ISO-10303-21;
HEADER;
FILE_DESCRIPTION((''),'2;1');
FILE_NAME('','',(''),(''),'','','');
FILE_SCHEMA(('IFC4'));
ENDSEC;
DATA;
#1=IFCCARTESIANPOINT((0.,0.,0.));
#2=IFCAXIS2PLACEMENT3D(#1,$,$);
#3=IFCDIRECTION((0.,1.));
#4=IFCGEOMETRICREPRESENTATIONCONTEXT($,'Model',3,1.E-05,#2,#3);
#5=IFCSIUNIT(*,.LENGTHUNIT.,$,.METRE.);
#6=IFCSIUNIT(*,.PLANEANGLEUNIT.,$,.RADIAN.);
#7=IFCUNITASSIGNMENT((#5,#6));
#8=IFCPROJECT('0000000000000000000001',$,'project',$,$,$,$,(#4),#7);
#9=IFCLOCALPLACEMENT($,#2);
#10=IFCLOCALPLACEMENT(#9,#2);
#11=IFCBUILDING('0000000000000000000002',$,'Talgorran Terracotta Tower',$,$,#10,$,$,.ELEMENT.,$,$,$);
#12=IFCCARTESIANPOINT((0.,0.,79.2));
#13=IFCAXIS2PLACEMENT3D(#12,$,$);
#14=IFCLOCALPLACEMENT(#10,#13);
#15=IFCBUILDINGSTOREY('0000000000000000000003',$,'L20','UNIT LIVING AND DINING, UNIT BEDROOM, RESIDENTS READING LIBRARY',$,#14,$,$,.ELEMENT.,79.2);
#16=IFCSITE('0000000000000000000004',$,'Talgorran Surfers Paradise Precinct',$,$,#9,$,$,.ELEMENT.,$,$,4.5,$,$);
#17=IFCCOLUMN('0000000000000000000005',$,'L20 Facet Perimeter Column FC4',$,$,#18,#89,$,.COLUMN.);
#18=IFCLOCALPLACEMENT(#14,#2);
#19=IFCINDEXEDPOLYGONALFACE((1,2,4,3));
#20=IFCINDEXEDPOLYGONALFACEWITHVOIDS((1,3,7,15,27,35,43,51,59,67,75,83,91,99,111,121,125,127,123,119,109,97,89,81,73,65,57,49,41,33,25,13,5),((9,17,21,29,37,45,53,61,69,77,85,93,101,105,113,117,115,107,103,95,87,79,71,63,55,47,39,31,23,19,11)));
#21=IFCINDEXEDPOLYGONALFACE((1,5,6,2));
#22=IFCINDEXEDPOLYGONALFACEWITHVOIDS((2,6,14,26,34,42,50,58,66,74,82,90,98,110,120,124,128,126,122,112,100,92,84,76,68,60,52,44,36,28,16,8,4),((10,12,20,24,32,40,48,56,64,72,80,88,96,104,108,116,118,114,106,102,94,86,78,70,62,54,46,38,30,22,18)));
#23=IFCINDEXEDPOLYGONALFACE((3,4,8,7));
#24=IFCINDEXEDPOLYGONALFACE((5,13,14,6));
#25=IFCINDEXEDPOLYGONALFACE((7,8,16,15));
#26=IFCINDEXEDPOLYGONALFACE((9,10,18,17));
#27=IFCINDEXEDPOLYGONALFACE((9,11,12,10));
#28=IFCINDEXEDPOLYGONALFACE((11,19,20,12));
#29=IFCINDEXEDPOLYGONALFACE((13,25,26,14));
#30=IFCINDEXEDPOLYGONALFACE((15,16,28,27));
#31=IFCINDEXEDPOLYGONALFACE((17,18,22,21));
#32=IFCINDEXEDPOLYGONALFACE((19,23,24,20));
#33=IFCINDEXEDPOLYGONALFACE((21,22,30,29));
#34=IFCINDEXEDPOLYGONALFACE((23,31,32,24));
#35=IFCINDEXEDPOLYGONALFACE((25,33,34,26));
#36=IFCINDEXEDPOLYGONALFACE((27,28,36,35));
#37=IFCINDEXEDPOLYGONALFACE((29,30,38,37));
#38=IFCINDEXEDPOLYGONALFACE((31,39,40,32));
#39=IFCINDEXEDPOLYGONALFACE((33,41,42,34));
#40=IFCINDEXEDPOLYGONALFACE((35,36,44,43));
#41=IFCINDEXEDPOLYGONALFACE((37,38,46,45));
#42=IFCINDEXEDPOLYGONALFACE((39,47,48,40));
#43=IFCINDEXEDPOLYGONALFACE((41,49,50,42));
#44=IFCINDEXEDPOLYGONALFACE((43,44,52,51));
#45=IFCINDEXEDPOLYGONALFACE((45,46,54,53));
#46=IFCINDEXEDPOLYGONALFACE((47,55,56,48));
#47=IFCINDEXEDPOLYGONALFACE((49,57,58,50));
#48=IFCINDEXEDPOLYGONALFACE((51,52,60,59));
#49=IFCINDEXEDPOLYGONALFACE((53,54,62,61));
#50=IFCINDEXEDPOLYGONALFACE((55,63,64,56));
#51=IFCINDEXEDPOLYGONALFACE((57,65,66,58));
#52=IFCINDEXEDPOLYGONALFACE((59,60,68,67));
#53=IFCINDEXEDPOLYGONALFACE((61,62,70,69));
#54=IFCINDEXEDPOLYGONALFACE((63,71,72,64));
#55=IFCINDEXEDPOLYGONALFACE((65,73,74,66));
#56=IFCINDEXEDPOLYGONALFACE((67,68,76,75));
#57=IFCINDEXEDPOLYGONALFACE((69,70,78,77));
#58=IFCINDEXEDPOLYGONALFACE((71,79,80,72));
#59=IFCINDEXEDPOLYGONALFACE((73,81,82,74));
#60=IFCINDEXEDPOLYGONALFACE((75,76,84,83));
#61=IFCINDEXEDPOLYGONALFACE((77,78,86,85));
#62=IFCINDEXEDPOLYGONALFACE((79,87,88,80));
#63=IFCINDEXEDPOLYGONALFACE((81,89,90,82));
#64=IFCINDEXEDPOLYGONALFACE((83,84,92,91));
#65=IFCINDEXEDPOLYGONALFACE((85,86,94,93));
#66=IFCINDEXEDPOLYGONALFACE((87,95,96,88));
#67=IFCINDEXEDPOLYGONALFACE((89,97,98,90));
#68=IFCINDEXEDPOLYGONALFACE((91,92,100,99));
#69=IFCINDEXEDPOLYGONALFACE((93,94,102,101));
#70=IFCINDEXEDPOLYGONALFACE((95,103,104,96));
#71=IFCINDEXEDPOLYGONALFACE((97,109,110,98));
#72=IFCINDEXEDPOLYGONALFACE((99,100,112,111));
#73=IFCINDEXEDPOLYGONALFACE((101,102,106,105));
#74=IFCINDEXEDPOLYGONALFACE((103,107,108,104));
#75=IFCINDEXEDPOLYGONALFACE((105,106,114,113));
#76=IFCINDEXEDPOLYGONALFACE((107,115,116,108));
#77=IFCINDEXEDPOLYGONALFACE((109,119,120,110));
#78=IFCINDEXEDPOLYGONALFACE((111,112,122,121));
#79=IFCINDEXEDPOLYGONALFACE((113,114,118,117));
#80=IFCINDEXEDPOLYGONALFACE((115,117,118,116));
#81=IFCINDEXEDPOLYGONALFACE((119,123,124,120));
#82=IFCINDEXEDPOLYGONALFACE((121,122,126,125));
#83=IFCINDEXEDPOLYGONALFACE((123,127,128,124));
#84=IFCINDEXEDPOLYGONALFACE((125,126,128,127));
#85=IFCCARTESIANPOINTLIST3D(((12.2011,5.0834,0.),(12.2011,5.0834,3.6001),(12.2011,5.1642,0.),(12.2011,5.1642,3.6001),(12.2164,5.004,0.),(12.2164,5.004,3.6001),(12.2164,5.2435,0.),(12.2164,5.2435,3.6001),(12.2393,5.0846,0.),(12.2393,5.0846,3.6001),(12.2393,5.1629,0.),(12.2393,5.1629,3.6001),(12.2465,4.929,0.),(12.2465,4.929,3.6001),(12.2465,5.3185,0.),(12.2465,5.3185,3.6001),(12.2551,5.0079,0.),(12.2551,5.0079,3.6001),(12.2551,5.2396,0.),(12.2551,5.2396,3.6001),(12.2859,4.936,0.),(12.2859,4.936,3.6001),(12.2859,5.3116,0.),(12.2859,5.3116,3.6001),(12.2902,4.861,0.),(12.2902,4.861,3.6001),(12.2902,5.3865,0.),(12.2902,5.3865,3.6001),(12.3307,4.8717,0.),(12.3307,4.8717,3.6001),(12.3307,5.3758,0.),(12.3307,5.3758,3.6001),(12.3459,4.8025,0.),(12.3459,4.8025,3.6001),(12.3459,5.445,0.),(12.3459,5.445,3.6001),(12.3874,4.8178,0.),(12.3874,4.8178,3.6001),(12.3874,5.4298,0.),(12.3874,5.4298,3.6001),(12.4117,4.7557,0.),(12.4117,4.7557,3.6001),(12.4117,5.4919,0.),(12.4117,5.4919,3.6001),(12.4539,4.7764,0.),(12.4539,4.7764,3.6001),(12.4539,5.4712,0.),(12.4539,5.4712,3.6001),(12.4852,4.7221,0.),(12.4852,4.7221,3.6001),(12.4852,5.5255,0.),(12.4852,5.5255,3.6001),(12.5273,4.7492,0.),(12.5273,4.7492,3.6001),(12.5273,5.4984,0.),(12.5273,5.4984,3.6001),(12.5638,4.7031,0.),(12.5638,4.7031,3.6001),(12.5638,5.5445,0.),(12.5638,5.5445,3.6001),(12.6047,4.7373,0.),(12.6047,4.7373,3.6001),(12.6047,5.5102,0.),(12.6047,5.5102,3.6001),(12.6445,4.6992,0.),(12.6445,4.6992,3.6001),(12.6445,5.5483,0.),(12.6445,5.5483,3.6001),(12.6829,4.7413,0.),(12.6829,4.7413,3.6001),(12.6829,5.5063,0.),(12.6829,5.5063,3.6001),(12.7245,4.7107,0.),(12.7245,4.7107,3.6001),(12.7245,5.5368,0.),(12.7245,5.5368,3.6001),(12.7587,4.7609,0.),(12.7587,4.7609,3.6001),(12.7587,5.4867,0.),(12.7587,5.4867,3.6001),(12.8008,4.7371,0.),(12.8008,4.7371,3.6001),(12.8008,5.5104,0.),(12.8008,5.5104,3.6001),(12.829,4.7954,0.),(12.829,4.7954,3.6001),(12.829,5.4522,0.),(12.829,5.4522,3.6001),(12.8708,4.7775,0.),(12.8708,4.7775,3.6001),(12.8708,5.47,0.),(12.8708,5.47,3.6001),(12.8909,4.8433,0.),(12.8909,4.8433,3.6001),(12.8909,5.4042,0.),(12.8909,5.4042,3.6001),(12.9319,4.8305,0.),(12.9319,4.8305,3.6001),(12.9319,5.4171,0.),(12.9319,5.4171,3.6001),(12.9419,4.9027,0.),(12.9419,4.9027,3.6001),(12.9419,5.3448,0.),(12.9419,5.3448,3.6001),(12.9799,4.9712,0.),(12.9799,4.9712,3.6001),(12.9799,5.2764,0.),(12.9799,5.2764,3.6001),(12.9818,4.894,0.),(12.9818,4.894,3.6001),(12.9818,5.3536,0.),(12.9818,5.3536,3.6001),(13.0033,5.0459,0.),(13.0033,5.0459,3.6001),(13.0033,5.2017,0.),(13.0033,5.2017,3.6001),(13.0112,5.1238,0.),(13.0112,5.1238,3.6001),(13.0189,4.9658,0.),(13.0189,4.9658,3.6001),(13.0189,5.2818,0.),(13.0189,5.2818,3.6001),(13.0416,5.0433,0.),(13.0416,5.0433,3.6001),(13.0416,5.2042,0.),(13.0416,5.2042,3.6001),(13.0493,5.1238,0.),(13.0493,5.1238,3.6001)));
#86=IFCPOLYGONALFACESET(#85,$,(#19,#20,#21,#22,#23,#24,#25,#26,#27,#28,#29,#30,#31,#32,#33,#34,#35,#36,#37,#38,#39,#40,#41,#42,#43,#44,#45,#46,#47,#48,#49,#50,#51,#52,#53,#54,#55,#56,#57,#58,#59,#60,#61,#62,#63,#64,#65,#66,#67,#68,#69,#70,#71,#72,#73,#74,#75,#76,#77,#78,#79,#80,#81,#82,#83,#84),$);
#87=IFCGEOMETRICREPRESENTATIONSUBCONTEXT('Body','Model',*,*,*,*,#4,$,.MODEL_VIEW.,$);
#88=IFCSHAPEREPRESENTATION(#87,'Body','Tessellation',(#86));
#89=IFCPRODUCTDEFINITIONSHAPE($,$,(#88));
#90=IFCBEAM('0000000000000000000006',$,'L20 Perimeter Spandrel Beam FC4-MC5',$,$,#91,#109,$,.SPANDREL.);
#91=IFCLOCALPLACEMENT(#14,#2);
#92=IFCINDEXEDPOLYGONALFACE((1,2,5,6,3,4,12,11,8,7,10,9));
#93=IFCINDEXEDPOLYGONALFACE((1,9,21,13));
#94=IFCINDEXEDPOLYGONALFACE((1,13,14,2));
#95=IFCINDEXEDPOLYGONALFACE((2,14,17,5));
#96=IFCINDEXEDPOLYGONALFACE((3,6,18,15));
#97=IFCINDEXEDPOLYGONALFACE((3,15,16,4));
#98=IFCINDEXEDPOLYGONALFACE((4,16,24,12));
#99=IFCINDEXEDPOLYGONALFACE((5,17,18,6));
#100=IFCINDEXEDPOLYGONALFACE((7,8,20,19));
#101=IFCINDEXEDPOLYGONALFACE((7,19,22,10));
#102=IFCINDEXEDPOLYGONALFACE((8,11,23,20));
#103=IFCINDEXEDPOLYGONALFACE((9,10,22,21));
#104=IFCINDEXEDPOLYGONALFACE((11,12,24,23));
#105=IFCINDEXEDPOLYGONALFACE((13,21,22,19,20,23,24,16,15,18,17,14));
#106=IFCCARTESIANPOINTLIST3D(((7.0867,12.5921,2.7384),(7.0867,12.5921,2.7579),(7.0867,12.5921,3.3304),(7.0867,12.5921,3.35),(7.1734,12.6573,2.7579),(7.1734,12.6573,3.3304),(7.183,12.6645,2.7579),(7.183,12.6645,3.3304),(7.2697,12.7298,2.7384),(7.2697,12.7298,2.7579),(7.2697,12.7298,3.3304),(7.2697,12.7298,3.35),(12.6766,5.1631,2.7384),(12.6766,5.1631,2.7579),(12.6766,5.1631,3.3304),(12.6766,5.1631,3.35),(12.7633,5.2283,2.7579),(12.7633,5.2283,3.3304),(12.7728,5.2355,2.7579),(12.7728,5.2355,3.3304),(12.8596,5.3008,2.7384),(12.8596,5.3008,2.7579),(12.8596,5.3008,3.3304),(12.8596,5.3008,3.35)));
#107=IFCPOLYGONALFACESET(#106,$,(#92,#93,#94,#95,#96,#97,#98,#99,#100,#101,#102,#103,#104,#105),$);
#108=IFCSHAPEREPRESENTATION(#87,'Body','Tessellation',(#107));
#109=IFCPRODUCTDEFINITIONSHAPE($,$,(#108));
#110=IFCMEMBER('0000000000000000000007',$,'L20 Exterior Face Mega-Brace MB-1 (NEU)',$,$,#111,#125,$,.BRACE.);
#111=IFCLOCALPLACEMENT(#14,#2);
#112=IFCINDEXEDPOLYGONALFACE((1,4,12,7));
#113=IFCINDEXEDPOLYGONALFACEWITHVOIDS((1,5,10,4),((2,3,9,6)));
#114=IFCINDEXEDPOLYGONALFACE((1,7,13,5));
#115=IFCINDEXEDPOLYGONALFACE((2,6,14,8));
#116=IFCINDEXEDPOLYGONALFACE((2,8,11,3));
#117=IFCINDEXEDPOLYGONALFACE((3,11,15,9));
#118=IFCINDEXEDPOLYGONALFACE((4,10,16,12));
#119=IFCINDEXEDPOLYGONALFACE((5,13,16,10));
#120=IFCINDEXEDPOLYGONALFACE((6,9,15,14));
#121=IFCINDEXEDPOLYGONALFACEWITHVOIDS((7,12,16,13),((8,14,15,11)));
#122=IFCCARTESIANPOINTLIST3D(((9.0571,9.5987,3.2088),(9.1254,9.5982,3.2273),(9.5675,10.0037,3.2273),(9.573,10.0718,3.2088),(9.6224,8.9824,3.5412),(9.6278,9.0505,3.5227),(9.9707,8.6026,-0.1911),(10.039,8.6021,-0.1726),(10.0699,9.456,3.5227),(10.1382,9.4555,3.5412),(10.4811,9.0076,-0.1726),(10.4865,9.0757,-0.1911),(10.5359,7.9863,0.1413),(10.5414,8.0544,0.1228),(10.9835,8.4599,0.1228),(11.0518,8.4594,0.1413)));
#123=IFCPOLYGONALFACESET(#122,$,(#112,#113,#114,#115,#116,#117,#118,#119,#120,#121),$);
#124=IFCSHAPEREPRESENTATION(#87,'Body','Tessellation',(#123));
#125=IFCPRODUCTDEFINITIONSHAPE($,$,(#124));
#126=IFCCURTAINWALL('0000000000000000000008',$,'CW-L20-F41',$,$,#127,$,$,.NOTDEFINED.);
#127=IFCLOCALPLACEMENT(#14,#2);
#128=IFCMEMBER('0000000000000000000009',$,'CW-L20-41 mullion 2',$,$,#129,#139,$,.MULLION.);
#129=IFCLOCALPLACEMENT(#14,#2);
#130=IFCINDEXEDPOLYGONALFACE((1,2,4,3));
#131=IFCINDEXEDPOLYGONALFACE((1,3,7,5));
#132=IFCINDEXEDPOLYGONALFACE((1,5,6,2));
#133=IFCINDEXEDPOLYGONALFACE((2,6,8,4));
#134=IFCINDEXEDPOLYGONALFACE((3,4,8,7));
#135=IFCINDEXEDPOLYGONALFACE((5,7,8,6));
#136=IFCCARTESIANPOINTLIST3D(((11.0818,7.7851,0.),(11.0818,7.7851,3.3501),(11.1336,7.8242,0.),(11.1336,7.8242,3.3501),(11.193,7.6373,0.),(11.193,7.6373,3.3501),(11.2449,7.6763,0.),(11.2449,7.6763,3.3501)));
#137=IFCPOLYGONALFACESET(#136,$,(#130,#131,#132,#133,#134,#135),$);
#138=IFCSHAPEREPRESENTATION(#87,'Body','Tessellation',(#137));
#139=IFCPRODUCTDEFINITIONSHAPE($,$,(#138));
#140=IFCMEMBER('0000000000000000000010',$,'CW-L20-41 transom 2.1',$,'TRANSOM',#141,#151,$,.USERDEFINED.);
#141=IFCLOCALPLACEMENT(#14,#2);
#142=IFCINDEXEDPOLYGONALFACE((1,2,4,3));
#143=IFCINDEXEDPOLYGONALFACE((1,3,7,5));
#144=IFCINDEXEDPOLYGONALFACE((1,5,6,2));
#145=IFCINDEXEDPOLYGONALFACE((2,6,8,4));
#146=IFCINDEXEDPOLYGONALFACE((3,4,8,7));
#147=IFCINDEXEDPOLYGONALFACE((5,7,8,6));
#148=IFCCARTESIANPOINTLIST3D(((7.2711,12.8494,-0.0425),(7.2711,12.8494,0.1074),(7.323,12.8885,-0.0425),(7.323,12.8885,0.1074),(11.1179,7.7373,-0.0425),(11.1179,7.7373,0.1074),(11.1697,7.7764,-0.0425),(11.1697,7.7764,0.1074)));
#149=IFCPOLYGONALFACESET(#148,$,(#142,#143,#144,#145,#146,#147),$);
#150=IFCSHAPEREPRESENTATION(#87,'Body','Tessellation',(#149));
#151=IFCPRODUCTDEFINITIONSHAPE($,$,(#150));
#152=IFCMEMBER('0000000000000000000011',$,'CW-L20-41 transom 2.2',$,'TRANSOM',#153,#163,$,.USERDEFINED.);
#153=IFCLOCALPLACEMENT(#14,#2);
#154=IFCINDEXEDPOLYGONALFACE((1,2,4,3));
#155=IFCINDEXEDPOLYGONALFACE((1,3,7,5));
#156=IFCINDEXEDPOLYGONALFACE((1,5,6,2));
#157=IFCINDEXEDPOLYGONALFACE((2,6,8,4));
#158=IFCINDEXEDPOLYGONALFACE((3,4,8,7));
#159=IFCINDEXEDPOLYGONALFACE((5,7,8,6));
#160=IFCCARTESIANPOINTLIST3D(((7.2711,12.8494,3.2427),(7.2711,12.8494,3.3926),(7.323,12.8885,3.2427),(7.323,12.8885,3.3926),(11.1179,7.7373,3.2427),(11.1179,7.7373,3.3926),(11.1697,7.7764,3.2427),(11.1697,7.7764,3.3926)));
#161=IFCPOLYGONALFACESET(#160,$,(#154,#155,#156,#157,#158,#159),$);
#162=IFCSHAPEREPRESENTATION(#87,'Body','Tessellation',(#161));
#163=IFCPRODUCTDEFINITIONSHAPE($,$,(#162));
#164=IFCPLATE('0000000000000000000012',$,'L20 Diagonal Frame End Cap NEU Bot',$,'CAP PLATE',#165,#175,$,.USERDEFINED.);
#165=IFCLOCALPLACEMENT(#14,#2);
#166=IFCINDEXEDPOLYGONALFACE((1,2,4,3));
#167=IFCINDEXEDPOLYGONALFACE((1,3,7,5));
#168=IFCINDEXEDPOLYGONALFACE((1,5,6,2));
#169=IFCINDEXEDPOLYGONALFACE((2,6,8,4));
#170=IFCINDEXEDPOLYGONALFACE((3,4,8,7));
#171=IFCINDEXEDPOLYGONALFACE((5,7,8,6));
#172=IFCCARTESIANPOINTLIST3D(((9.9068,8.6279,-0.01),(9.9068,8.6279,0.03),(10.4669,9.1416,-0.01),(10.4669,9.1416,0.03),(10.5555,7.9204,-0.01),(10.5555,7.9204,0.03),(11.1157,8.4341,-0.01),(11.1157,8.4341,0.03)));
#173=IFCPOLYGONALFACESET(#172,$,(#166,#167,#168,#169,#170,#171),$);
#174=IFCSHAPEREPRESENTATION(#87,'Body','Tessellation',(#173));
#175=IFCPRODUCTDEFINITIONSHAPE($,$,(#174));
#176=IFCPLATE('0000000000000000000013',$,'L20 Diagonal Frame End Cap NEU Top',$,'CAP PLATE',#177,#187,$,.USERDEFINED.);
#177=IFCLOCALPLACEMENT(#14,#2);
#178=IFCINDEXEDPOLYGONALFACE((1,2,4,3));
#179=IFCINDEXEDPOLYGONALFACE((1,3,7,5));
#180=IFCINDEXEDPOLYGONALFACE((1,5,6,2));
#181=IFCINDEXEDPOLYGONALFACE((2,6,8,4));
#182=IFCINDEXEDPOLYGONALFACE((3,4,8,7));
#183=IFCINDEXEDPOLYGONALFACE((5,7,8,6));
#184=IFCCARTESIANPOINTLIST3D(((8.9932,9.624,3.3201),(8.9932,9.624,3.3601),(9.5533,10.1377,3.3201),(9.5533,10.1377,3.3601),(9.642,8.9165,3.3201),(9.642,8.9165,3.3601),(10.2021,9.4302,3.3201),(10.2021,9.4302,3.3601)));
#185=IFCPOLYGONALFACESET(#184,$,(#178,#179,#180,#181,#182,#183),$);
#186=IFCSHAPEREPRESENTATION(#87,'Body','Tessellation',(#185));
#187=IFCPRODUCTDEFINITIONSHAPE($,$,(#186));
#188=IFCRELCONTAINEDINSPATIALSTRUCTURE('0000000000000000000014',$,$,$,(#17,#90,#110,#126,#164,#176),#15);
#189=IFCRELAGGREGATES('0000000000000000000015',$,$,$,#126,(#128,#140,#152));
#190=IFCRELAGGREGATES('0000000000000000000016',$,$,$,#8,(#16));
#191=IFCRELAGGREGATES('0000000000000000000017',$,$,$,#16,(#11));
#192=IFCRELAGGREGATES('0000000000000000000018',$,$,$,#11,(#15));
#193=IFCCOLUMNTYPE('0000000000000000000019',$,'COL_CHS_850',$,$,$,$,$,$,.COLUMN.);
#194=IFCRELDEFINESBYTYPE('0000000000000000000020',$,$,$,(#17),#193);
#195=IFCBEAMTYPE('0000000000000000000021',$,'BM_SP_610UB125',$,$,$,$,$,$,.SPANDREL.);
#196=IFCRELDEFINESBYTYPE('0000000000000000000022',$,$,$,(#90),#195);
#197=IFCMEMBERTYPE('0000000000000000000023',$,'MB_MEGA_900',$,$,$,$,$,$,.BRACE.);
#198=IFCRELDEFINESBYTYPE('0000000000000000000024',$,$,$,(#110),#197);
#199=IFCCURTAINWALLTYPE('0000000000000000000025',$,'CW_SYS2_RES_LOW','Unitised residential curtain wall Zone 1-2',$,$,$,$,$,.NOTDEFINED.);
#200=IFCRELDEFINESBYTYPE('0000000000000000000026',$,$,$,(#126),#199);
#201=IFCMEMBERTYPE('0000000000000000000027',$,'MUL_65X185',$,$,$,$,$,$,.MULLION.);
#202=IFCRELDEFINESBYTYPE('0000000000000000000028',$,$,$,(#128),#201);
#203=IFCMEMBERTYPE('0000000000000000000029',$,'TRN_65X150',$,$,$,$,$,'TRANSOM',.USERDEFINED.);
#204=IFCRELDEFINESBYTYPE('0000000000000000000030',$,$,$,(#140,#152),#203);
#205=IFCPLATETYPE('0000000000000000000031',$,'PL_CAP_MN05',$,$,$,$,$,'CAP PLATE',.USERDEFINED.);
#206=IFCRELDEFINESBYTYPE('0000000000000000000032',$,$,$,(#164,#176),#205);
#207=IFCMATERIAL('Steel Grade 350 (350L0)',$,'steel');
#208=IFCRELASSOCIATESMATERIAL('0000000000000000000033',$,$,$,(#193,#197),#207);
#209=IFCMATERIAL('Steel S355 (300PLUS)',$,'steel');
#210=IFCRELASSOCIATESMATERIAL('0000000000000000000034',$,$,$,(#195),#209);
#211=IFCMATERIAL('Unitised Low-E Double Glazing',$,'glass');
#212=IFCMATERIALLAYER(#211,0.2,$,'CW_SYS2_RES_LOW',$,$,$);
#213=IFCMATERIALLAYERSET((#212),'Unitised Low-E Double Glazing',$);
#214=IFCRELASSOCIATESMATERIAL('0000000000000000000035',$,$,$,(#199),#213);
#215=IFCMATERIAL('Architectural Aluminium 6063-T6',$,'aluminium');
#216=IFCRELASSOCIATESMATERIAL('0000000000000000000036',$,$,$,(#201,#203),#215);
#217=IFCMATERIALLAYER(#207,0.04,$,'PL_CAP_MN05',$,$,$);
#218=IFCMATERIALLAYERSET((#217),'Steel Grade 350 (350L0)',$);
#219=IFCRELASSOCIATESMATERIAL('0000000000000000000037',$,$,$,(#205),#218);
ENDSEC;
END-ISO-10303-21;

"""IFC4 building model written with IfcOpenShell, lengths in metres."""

from ifc_helpers import new_model, si_unit, direction, frame, origin, origin_2d, place, context, subcontext, project, spatial, rectangle, hollow_rectangle, hollow_circle, i_section, extrude, material, layer, layer_set, material_profile, profile_set, type_object, element, aggregate, save


model = new_model("IFC4")

# Units and contexts
model_context = context("Model", 3, precision=1e-05, world=origin(), true_north=direction((0.0, 1.0)))
body_context = subcontext(model_context, "Body", "Model", "MODEL_VIEW")
ifc_project = project(units=[si_unit("LENGTHUNIT", "METRE"), si_unit("PLANEANGLEUNIT", "RADIAN")], contexts=[model_context])

# Site, building, storey
site_placement = place(None, origin())
site = spatial("IfcSite", under=ifc_project, at=site_placement, Name="Talgorran Surfers Paradise Precinct", CompositionType="ELEMENT", RefElevation=4.5)
building_placement = place(site_placement, origin())
building = spatial("IfcBuilding", under=site, at=building_placement, Name="Talgorran Terracotta Tower", CompositionType="ELEMENT")
storey_placement = place(building_placement, frame((0.0, 0.0, 79.2)))
storey = spatial("IfcBuildingStorey", under=building, at=storey_placement, Name="L20", Description="UNIT LIVING AND DINING, UNIT BEDROOM, RESIDENTS READING LIBRARY", CompositionType="ELEMENT", Elevation=79.2)

# Column
ifc_material_1 = material(Name="Steel Grade 350 (350L0)", Category="steel")
ifc_material_profile_1 = material_profile(ifc_material_1, hollow_circle(Radius=0.425, WallThickness=0.0381, at=origin_2d()), Name="CHS850X38")
ifc_profile_set_1 = profile_set([ifc_material_profile_1], Name="Steel Grade 350 (350L0)")
column_type = type_object("IfcColumnType", Name="COL_CHS_850", PredefinedType="COLUMN", material=ifc_profile_set_1)
column_placement = place(storey_placement, frame((12.6243, 5.1238, 0.0), z_axis=(0.0, 0.0, 1.0), x_axis=(1.0, 0.0, 0.0)))
element("IfcColumn", 1, at=column_placement, inside=storey, type_object=column_type, Name="L20 Facet Perimeter Column FC4", PredefinedType="COLUMN", context=body_context, shape_type="SweptSolid", body=[
    extrude(hollow_circle(Radius=0.425, WallThickness=0.0381, at=origin_2d()), origin(), (0.0, 0.0, 1.0), 3.6001),
])

# Beam
ifc_material_2 = material(Name="Steel S355 (300PLUS)", Category="steel")
ifc_material_profile_2 = material_profile(ifc_material_2, i_section(OverallWidth=0.229, OverallDepth=0.6116, WebThickness=0.012, FlangeThickness=0.0195, at=origin_2d()), Name="610UB125")
ifc_profile_set_2 = profile_set([ifc_material_profile_2], Name="Steel S355 (300PLUS)")
beam_type = type_object("IfcBeamType", Name="BM_SP_610UB125", PredefinedType="SPANDREL", material=ifc_profile_set_2)
beam_placement = place(storey_placement, frame((12.7681, 5.2319, 3.0442), z_axis=(-0.601247, 0.799063, 0.0), x_axis=(-0.799063, -0.601247, 0.0)))
element("IfcBeam", 2, at=beam_placement, inside=storey, type_object=beam_type, Name="L20 Perimeter Spandrel Beam FC4-MC5", PredefinedType="SPANDREL", context=body_context, shape_type="SweptSolid", body=[
    extrude(i_section(OverallWidth=0.229, OverallDepth=0.6116, WebThickness=0.012, FlangeThickness=0.0195, at=origin_2d()), origin(), (0.0, 0.0, 1.0), 9.2971),
])

# Member
ifc_material_profile_3 = material_profile(ifc_material_1, hollow_rectangle(XDim=0.7, YDim=0.8999, WallThickness=0.05, at=origin_2d()), Name="WBOX900X700X50")
ifc_profile_set_3 = profile_set([ifc_material_profile_3], Name="Steel Grade 350 (350L0)")
member_type_1 = type_object("IfcMemberType", Name="MB_MEGA_900", PredefinedType="BRACE", material=ifc_profile_set_3)
member_1_placement = place(storey_placement, frame((10.5112, 8.531, -0.0249), z_axis=(-0.249698, 0.272253, 0.929263), x_axis=(-0.736974, -0.675921, 0.0)))
element("IfcMember", 3, at=member_1_placement, inside=storey, type_object=member_type_1, Name="L20 Exterior Face Mega-Brace MB-1 (NEU)", PredefinedType="BRACE", context=body_context, shape_type="SweptSolid", body=[
    extrude(hollow_rectangle(XDim=0.7, YDim=0.8999, WallThickness=0.05, at=origin_2d()), origin(), (0.0, 0.0, 1.0), 3.6587),
])

# Curtain wall, members
ifc_material_3 = material(Name="Unitised Low-E Double Glazing", Category="glass")
ifc_layer_1 = layer(ifc_material_3, 0.2, Name="CW_SYS2_RES_LOW")
ifc_layer_set_1 = layer_set([ifc_layer_1], Name="Unitised Low-E Double Glazing")
curtain_wall_type = type_object("IfcCurtainWallType", Name="CW_SYS2_RES_LOW", Description="Unitised residential curtain wall Zone 1-2", PredefinedType="NOTDEFINED", material=ifc_layer_set_1)
curtain_wall_placement = place(storey_placement, origin())
curtain_wall = element("IfcCurtainWall", 4, at=curtain_wall_placement, inside=storey, type_object=curtain_wall_type, Name="CW-L20-F41", PredefinedType="NOTDEFINED")
ifc_material_4 = material(Name="Architectural Aluminium 6063-T6", Category="aluminium")
ifc_material_profile_4 = material_profile(ifc_material_4, rectangle(XDim=0.0649, YDim=0.1851, at=origin_2d()), Name="CWM65X185")
ifc_profile_set_4 = profile_set([ifc_material_profile_4], Name="Architectural Aluminium 6063-T6")
member_type_2 = type_object("IfcMemberType", Name="MUL_65X185", PredefinedType="MULLION", material=ifc_profile_set_4)
member_2_placement = place(storey_placement, frame((11.1633, 7.7307, 0.0), z_axis=(0.0, 0.0, 1.0), x_axis=(-0.799063, -0.601247, 0.0)))
member_2 = element("IfcMember", 5, at=member_2_placement, type_object=member_type_2, Name="CW-L20-41 mullion 2", PredefinedType="MULLION", context=body_context, shape_type="SweptSolid", body=[
    extrude(rectangle(XDim=0.0649, YDim=0.1851, at=origin_2d()), origin(), (0.0, 0.0, 1.0), 3.3501),
])
ifc_material_profile_5 = material_profile(ifc_material_4, rectangle(XDim=0.0649, YDim=0.1499, at=origin_2d()), Name="CWT65X150")
ifc_profile_set_5 = profile_set([ifc_material_profile_5], Name="Architectural Aluminium 6063-T6")
member_type_3 = type_object("IfcMemberType", Name="TRN_65X150", ElementType="TRANSOM", PredefinedType="USERDEFINED", material=ifc_profile_set_5)
member_3_placement = place(storey_placement, frame((11.1438, 7.7568, 0.0325), z_axis=(-0.601263, 0.799051, 0.0), x_axis=(-0.799051, -0.601263, 0.0)))
member_3 = element("IfcMember", 6, at=member_3_placement, type_object=member_type_3, Name="CW-L20-41 transom 2.1", ObjectType="TRANSOM", PredefinedType="USERDEFINED", context=body_context, shape_type="SweptSolid", body=[
    extrude(rectangle(XDim=0.0649, YDim=0.1499, at=origin_2d()), origin(), (0.0, 0.0, 1.0), 6.3977),
])
member_4_placement = place(storey_placement, frame((11.1438, 7.7568, 3.3176), z_axis=(-0.601263, 0.799051, 0.0), x_axis=(-0.799051, -0.601263, 0.0)))
member_4 = element("IfcMember", 7, at=member_4_placement, type_object=member_type_3, Name="CW-L20-41 transom 2.2", ObjectType="TRANSOM", PredefinedType="USERDEFINED", context=body_context, shape_type="SweptSolid", body=[
    extrude(rectangle(XDim=0.0649, YDim=0.1499, at=origin_2d()), origin(), (0.0, 0.0, 1.0), 6.3977),
])

# Plates
ifc_layer_2 = layer(ifc_material_1, 0.04, Name="PL_CAP_MN05")
ifc_layer_set_2 = layer_set([ifc_layer_2], Name="Steel Grade 350 (350L0)")
plate_type_1 = type_object("IfcPlateType", Name="PL_CAP_MN05", ElementType="CAP PLATE", PredefinedType="USERDEFINED", material=ifc_layer_set_2)
for number, where, z_axis, x_axis, name in (
    (8, (10.5112, 8.531, -0.01), (0.0, 0.0, 1.0), (-0.675848, 0.737041, 0.0), "L20 Diagonal Frame End Cap NEU Bot"),
    (9, (9.5977, 9.5271, 3.3201), (0.0, 0.0, 1.0), (-0.675848, 0.737041, 0.0), "L20 Diagonal Frame End Cap NEU Top"),
):
    element("IfcPlate", number, at=place(storey_placement, frame(where, z_axis=z_axis, x_axis=x_axis)), inside=storey, type_object=plate_type_1, Name=name, ObjectType="CAP PLATE", PredefinedType="USERDEFINED", context=body_context, shape_type="SweptSolid", body=[
        extrude(rectangle(XDim=0.96, YDim=0.76, at=origin_2d()), origin(), (0.0, 0.0, 1.0), 0.04),
    ])

aggregate(curtain_wall, [member_2, member_3, member_4])

save(model, "model.ifc")
